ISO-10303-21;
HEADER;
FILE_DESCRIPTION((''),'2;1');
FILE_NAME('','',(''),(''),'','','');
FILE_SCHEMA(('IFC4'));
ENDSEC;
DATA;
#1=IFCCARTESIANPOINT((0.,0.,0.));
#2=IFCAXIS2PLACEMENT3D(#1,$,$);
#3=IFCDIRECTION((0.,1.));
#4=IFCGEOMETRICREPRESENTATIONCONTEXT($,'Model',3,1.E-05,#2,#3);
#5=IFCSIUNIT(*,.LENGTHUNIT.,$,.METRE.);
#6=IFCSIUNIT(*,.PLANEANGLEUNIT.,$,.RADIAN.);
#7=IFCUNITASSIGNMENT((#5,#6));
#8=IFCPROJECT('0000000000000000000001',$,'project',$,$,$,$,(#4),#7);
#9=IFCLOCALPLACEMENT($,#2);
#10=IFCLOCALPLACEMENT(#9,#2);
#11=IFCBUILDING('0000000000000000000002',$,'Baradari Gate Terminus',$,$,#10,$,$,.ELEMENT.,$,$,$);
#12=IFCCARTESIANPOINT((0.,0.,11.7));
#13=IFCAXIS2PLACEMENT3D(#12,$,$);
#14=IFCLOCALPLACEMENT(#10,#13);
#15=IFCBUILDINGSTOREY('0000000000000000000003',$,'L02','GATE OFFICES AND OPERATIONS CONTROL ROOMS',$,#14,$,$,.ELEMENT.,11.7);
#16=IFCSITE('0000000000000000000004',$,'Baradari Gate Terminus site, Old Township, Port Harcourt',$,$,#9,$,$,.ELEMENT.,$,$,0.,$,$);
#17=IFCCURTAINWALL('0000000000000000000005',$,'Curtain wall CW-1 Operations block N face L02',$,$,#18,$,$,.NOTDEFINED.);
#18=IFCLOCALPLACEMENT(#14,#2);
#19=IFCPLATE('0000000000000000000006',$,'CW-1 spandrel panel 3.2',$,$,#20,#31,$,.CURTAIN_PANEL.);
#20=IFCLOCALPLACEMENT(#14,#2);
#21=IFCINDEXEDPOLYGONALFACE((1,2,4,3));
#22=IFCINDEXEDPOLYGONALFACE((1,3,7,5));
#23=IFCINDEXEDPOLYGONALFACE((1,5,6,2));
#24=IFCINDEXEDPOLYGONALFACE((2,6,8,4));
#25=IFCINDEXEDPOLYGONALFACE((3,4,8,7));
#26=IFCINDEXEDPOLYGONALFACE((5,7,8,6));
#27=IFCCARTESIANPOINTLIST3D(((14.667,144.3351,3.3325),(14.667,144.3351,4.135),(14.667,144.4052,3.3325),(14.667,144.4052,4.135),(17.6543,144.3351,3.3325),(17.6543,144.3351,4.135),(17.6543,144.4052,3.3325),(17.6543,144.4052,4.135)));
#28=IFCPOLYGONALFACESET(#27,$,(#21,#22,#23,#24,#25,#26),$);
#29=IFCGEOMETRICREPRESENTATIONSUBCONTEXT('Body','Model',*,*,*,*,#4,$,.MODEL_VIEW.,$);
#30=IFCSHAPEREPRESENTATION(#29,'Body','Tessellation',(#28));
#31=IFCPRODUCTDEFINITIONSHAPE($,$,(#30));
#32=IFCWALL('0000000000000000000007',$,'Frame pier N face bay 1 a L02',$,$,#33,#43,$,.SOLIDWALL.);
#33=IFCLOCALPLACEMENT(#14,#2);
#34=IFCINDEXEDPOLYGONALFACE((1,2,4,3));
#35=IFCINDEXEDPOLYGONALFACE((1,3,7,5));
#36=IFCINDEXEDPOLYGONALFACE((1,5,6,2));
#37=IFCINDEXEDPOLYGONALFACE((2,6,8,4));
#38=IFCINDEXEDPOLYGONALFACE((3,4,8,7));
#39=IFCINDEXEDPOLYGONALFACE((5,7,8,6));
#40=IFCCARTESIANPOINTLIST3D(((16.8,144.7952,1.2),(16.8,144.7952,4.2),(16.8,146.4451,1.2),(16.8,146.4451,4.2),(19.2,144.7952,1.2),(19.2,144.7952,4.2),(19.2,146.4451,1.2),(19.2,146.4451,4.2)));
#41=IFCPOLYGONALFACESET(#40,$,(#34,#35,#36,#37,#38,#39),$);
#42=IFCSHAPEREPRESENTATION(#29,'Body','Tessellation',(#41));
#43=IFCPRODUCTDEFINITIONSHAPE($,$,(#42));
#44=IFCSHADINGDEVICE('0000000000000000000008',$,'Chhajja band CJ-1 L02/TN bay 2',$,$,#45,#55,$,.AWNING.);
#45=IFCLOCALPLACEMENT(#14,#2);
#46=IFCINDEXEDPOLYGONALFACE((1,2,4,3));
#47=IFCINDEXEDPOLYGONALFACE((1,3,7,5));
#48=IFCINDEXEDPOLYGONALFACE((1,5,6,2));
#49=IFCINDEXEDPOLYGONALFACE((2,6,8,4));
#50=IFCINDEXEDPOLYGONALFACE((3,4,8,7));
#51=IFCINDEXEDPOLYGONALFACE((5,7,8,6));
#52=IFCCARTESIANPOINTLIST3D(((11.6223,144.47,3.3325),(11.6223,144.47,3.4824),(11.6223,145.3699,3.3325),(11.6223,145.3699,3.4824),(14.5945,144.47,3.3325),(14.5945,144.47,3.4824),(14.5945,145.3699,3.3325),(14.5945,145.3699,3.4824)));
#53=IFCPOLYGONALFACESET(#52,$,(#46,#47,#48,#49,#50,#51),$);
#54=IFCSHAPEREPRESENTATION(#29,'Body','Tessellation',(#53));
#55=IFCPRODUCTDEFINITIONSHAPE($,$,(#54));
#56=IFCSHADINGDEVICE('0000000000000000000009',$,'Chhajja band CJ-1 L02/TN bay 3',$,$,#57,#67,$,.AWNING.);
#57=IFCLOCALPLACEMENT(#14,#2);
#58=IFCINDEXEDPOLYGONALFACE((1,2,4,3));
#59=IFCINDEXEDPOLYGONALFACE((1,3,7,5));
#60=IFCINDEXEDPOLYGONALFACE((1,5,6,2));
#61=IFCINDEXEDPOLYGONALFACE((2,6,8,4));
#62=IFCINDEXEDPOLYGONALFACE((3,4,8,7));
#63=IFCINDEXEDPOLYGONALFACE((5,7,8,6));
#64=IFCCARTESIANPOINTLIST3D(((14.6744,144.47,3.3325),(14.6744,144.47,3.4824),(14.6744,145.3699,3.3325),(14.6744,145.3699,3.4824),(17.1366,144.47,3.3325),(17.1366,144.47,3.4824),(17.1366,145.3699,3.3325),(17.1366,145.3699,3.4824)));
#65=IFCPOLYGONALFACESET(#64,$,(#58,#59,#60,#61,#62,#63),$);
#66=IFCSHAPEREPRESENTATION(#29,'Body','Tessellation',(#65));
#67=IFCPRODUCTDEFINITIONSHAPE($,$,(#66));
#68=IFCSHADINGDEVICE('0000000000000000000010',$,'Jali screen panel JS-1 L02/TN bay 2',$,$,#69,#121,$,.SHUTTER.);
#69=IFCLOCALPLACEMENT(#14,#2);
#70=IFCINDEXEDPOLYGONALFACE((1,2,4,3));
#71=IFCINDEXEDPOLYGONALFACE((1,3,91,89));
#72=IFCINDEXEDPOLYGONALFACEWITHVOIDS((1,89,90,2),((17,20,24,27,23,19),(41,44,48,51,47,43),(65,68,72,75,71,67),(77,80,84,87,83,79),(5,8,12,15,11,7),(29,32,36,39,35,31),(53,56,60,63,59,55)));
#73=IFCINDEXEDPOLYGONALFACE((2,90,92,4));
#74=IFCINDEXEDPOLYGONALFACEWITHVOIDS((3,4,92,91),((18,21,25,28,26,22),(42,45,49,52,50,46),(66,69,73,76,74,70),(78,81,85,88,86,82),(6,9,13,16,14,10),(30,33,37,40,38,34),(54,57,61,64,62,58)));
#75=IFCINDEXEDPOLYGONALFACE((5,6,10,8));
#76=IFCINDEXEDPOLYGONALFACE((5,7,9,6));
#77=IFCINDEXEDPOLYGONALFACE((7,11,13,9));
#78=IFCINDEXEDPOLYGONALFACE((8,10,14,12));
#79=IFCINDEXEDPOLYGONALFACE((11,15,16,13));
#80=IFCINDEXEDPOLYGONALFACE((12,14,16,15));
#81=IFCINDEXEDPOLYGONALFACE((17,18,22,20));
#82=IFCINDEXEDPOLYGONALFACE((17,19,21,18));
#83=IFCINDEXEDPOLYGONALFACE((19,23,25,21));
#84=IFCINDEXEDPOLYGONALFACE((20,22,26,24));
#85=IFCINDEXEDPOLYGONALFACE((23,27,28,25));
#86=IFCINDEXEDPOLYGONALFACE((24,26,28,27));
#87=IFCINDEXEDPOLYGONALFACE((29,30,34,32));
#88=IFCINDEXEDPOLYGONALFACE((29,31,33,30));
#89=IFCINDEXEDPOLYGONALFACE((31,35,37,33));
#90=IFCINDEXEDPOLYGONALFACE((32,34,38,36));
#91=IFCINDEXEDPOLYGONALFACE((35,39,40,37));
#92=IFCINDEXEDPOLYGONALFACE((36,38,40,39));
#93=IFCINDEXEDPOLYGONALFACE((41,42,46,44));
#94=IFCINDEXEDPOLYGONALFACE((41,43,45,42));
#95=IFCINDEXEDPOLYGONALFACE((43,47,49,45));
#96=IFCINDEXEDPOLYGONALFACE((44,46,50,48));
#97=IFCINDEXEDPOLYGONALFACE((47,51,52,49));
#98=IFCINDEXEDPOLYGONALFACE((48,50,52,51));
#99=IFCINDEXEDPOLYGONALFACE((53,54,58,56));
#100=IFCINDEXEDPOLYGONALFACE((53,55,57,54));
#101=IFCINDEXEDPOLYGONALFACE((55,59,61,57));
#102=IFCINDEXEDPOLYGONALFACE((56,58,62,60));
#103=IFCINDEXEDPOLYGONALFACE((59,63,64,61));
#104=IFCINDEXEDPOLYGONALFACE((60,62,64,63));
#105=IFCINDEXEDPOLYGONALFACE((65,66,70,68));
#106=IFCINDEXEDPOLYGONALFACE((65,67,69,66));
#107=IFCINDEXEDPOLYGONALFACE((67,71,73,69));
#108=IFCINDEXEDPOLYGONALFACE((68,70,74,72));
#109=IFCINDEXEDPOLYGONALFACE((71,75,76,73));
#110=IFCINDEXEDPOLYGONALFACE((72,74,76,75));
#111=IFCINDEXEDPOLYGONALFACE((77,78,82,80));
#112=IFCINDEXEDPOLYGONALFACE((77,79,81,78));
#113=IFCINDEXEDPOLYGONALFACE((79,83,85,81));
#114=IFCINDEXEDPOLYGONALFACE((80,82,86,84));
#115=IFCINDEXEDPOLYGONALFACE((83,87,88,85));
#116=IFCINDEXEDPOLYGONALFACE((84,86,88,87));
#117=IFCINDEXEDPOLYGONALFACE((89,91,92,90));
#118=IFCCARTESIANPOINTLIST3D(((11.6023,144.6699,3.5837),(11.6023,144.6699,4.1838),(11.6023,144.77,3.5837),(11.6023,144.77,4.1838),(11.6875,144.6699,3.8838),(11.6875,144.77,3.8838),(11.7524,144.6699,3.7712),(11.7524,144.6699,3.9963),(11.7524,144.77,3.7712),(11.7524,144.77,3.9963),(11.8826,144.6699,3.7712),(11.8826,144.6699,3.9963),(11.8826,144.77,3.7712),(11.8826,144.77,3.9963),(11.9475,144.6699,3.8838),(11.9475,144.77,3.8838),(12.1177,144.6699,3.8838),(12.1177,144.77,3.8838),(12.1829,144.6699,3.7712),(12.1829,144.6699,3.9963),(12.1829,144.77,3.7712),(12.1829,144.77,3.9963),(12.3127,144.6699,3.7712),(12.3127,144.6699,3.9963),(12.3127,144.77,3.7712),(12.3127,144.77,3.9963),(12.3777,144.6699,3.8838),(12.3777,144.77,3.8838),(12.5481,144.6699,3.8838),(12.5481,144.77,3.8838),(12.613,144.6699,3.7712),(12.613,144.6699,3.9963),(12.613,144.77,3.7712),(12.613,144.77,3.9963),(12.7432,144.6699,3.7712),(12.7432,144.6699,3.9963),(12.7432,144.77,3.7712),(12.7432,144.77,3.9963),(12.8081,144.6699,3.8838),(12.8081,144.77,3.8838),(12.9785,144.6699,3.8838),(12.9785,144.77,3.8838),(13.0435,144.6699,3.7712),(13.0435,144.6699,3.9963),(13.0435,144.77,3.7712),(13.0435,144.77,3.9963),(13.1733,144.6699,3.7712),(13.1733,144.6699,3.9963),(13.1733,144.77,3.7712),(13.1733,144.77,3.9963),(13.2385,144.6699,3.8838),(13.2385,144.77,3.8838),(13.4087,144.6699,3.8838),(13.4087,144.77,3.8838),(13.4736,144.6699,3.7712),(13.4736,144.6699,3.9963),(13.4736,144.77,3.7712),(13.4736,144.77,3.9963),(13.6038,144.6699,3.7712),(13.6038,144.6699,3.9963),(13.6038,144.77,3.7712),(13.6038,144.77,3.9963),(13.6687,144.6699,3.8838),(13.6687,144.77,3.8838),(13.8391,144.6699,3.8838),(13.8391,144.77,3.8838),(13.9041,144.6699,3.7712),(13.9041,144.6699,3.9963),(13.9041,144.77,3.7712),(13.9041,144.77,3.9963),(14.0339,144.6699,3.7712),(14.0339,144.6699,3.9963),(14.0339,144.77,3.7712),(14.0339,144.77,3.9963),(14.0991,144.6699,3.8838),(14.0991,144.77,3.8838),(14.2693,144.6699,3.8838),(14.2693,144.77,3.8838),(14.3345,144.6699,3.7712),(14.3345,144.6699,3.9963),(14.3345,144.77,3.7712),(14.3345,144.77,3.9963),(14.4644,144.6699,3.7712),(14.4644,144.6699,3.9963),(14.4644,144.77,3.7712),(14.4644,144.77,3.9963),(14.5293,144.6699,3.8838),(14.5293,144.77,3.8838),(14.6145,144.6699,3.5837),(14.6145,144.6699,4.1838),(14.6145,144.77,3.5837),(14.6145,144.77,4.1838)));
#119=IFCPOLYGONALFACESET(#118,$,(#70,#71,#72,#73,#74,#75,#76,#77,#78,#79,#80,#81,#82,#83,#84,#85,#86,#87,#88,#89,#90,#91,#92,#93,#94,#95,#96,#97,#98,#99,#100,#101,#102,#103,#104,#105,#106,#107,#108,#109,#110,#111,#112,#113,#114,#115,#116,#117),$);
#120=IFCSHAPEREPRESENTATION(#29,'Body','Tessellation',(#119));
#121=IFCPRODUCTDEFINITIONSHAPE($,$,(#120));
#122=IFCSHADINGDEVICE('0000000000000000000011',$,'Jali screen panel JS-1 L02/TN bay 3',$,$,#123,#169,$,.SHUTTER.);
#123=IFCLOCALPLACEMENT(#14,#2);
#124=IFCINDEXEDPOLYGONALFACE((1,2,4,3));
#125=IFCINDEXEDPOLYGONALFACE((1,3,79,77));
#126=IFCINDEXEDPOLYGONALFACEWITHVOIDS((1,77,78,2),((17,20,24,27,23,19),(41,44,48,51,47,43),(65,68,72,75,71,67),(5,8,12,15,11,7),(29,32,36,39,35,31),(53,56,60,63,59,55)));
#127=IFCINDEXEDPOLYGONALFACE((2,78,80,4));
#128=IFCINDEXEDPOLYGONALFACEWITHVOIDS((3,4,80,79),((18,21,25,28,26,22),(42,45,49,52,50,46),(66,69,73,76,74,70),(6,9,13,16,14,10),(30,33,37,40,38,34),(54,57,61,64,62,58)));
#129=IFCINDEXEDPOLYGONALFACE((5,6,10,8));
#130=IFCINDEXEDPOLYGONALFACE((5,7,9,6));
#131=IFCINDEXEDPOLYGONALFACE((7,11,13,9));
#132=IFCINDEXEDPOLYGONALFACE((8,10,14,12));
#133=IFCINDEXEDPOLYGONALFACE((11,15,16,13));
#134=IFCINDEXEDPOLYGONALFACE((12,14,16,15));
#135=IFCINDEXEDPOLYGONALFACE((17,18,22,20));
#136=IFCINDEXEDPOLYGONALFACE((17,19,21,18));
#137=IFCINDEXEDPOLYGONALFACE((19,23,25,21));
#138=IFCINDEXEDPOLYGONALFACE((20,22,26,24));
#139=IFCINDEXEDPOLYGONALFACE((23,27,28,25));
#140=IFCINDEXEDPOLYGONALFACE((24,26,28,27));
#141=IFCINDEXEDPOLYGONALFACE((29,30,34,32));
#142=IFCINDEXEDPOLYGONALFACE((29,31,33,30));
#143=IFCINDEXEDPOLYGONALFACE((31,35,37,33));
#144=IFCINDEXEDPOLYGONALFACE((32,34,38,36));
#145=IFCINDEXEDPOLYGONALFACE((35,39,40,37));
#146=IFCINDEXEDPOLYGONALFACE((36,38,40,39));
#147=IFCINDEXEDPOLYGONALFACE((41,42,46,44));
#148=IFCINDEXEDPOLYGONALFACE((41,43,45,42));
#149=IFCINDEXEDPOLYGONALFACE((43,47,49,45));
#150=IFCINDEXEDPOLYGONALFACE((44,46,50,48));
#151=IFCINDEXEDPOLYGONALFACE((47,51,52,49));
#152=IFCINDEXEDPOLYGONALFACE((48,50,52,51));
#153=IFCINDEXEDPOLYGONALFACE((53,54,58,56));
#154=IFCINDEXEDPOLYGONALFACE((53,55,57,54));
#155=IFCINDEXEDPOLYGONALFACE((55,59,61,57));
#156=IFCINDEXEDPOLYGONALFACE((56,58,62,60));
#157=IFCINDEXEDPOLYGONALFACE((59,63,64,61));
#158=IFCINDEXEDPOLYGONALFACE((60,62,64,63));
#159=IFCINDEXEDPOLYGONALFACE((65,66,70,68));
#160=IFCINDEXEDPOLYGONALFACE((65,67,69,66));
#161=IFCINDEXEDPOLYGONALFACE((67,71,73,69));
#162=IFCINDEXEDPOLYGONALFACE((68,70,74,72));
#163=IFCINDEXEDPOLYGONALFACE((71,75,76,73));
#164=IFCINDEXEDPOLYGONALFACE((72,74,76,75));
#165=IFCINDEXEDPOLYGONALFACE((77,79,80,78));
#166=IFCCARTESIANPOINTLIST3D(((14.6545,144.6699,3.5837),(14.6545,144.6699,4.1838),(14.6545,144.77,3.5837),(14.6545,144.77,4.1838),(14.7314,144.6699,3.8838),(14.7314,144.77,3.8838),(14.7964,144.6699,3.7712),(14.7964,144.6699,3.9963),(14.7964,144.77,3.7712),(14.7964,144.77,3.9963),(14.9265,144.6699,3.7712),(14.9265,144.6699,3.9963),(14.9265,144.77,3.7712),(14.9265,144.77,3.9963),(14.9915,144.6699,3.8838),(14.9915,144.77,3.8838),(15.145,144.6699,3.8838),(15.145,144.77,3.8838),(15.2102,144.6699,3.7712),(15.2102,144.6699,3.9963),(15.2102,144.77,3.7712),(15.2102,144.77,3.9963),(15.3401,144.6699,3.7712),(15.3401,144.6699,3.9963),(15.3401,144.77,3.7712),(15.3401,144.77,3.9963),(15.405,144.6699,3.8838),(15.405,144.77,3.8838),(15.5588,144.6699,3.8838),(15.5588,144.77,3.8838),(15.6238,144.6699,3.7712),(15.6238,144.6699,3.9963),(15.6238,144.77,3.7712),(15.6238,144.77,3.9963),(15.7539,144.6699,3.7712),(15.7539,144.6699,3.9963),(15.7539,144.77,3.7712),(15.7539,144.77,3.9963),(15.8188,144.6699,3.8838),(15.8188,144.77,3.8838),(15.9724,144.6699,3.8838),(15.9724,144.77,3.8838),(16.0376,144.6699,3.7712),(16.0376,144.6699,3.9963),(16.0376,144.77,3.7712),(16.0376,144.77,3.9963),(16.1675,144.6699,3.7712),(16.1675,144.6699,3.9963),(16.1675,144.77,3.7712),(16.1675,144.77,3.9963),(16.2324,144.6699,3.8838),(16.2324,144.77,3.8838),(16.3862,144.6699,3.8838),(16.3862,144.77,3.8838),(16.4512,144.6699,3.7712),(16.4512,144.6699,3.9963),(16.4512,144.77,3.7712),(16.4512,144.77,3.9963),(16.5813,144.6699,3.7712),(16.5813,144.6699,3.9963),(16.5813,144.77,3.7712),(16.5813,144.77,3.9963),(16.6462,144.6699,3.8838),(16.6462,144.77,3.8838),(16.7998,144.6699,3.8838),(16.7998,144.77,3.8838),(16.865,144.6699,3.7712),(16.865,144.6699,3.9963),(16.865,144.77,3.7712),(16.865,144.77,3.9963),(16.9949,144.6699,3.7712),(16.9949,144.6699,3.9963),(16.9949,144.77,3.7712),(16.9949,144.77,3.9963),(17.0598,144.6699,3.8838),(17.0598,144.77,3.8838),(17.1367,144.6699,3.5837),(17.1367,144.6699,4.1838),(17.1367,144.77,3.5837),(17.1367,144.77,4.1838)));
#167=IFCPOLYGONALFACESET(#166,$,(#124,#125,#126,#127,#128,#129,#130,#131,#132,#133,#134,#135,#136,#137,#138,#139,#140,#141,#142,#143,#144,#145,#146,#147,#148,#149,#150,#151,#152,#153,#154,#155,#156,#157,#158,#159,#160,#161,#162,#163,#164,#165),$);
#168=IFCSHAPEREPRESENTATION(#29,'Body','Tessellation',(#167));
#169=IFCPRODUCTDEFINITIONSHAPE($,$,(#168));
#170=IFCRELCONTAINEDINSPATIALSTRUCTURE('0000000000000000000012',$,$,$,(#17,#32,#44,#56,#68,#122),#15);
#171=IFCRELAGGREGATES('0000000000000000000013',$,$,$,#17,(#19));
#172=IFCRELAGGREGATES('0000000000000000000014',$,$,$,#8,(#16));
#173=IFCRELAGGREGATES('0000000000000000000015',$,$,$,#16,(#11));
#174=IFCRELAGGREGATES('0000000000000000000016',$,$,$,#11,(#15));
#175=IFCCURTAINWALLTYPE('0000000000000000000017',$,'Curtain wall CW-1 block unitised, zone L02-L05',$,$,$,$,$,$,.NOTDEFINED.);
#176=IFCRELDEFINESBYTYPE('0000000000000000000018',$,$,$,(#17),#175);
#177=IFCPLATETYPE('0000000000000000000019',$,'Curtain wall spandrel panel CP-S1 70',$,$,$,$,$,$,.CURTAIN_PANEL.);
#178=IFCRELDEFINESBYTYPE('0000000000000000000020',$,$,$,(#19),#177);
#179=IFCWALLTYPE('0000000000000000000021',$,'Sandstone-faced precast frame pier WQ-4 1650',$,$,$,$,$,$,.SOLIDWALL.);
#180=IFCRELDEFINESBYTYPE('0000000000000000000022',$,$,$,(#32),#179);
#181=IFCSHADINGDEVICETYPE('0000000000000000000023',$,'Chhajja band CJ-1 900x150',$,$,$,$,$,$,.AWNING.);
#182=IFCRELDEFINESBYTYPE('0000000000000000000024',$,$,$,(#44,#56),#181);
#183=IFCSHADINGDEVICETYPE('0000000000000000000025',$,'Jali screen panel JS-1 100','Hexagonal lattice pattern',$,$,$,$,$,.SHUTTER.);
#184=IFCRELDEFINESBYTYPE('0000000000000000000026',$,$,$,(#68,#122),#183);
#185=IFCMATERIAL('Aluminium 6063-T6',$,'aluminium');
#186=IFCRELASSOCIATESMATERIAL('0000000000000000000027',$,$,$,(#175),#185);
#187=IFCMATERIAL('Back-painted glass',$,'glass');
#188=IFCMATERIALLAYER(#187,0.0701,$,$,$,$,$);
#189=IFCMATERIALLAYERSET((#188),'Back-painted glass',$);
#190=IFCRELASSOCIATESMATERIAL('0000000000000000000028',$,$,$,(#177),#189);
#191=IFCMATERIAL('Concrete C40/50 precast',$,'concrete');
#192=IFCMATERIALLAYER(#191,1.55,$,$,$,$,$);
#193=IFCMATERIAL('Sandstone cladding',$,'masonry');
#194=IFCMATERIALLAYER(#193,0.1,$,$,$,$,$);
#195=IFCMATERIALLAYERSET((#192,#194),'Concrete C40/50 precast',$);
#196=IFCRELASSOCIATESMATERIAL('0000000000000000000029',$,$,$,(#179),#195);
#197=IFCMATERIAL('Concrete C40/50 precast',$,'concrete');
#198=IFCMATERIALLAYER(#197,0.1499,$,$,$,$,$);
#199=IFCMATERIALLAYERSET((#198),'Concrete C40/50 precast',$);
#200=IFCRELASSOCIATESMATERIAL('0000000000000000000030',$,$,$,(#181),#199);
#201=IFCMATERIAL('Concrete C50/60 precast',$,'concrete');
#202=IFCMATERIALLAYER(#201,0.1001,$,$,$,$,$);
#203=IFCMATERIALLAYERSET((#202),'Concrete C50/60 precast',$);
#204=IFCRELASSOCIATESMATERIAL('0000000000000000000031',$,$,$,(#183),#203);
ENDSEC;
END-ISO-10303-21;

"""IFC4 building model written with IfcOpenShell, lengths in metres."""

from ifc_helpers import new_model, si_unit, direction, frame, frame_2d, origin, origin_2d, place, context, subcontext, project, spatial, polyline, rectangle, outline, extrude, material, layer, layer_set, type_object, element, aggregate, save


model = new_model("IFC4")

# Units and contexts
model_context = context("Model", 3, precision=1e-05, world=origin(), true_north=direction((0.0, 1.0)))
body_context = subcontext(model_context, "Body", "Model", "MODEL_VIEW")
ifc_project = project(units=[si_unit("LENGTHUNIT", "METRE"), si_unit("PLANEANGLEUNIT", "RADIAN")], contexts=[model_context])

# Site, building, storey
site_placement = place(None, origin())
site = spatial("IfcSite", under=ifc_project, at=site_placement, Name="Baradari Gate Terminus site, Old Township, Port Harcourt", CompositionType="ELEMENT", RefElevation=0.0)
building_placement = place(site_placement, origin())
building = spatial("IfcBuilding", under=site, at=building_placement, Name="Baradari Gate Terminus", CompositionType="ELEMENT")
storey_placement = place(building_placement, frame((0.0, 0.0, 11.7)))
storey = spatial("IfcBuildingStorey", under=building, at=storey_placement, Name="L02", Description="GATE OFFICES AND OPERATIONS CONTROL ROOMS", CompositionType="ELEMENT", Elevation=11.7)

# Curtain wall, plate
ifc_material_1 = material(Name="Aluminium 6063-T6", Category="aluminium")
curtain_wall_type = type_object("IfcCurtainWallType", Name="Curtain wall CW-1 block unitised, zone L02-L05", PredefinedType="NOTDEFINED", material=ifc_material_1)
curtain_wall_placement = place(storey_placement, origin())
curtain_wall = element("IfcCurtainWall", 1, at=curtain_wall_placement, inside=storey, type_object=curtain_wall_type, Name="Curtain wall CW-1 Operations block N face L02", PredefinedType="NOTDEFINED")
ifc_material_2 = material(Name="Back-painted glass", Category="glass")
ifc_layer_1 = layer(ifc_material_2, 0.0701)
ifc_layer_set_1 = layer_set([ifc_layer_1], Name="Back-painted glass")
plate_type_1 = type_object("IfcPlateType", Name="Curtain wall spandrel panel CP-S1 70", PredefinedType="CURTAIN_PANEL", material=ifc_layer_set_1)
plate_1_placement = place(storey_placement, frame((16.1606, 144.3701, 3.3325), z_axis=(0.0, 0.0, 1.0), x_axis=(1.0, 0.0, 0.0)))
plate_1 = element("IfcPlate", 2, at=plate_1_placement, type_object=plate_type_1, Name="CW-1 spandrel panel 3.2", PredefinedType="CURTAIN_PANEL", context=body_context, shape_type="SweptSolid", body=[
    extrude(rectangle(XDim=2.9873, YDim=0.0701, at=origin_2d()), origin(), (0.0, 0.0, 1.0), 0.8025),
])
aggregate(curtain_wall, [plate_1])

# Wall
ifc_material_3 = material(Name="Concrete C40/50 precast", Category="concrete")
ifc_layer_2 = layer(ifc_material_3, 1.55)
ifc_material_4 = material(Name="Sandstone cladding", Category="masonry")
ifc_layer_3 = layer(ifc_material_4, 0.1)
ifc_layer_set_2 = layer_set([ifc_layer_2, ifc_layer_3], Name="Concrete C40/50 precast")
wall_type = type_object("IfcWallType", Name="Sandstone-faced precast frame pier WQ-4 1650", PredefinedType="SOLIDWALL", material=ifc_layer_set_2)
wall_placement = place(storey_placement, frame((16.8, 145.6201, 1.2), z_axis=(0.0, 0.0, 1.0), x_axis=(1.0, 0.0, 0.0)))
element("IfcWall", 3, at=wall_placement, inside=storey, type_object=wall_type, Name="Frame pier N face bay 1 a L02", PredefinedType="SOLIDWALL", context=body_context, shape_type="SweptSolid", body=[
    extrude(rectangle(XDim=2.3999, YDim=1.6499, at=frame_2d((1.2, 0.0))), origin(), (0.0, 0.0, 1.0), 3.0),
])

# Shading devices
ifc_material_5 = material(Name="Concrete C40/50 precast", Category="concrete")
ifc_layer_4 = layer(ifc_material_5, 0.1499)
ifc_layer_set_3 = layer_set([ifc_layer_4], Name="Concrete C40/50 precast")
shading_device_type_1 = type_object("IfcShadingDeviceType", Name="Chhajja band CJ-1 900x150", PredefinedType="AWNING", material=ifc_layer_set_3)
shading_device_1_placement = place(storey_placement, frame((13.1084, 144.9199, 3.3325), z_axis=(0.0, 0.0, 1.0), x_axis=(1.0, 0.0, 0.0)))
element("IfcShadingDevice", 4, at=shading_device_1_placement, inside=storey, type_object=shading_device_type_1, Name="Chhajja band CJ-1 L02/TN bay 2", PredefinedType="AWNING", context=body_context, shape_type="SweptSolid", body=[
    extrude(rectangle(XDim=2.9722, YDim=0.8999, at=origin_2d()), origin(), (0.0, 0.0, 1.0), 0.1499),
])
shading_device_2_placement = place(storey_placement, frame((15.9055, 144.9199, 3.3325), z_axis=(0.0, 0.0, 1.0), x_axis=(1.0, 0.0, 0.0)))
element("IfcShadingDevice", 5, at=shading_device_2_placement, inside=storey, type_object=shading_device_type_1, Name="Chhajja band CJ-1 L02/TN bay 3", PredefinedType="AWNING", context=body_context, shape_type="SweptSolid", body=[
    extrude(rectangle(XDim=2.4622, YDim=0.8999, at=origin_2d()), origin(), (0.0, 0.0, 1.0), 0.1499),
])
ifc_material_6 = material(Name="Concrete C50/60 precast", Category="concrete")
ifc_layer_5 = layer(ifc_material_6, 0.1001)
ifc_layer_set_4 = layer_set([ifc_layer_5], Name="Concrete C50/60 precast")
shading_device_type_2 = type_object("IfcShadingDeviceType", Name="Jali screen panel JS-1 100", Description="Hexagonal lattice pattern", PredefinedType="SHUTTER", material=ifc_layer_set_4)
shading_device_3_placement = place(storey_placement, frame((11.6023, 144.72, 3.5837), z_axis=(0.0, 0.0, 1.0), x_axis=(1.0, 0.0, 0.0)))
element("IfcShadingDevice", 6, at=shading_device_3_placement, inside=storey, type_object=shading_device_type_2, Name="Jali screen panel JS-1 L02/TN bay 2", PredefinedType="SHUTTER", context=body_context, shape_type="SweptSolid", body=[
    extrude(outline(polyline([(0.0, 0.0), (3.0122, 0.0), (3.0122, 0.6001), (0.0, 0.6001), (0.0, 0.0)]), holes=[polyline([(0.3452, 0.3), (0.2803, 0.1875), (0.1501, 0.1875), (0.0852, 0.3), (0.1501, 0.4126), (0.2803, 0.4126), (0.3452, 0.3)]), polyline([(0.7754, 0.3), (0.7104, 0.1875), (0.5806, 0.1875), (0.5154, 0.3), (0.5806, 0.4126), (0.7104, 0.4126), (0.7754, 0.3)]), polyline([(1.2058, 0.3), (1.1409, 0.1875), (1.0107, 0.1875), (0.9458, 0.3), (1.0107, 0.4126), (1.1409, 0.4126), (1.2058, 0.3)]), polyline([(1.6362, 0.3), (1.571, 0.1875), (1.4412, 0.1875), (1.3762, 0.3), (1.4412, 0.4126), (1.571, 0.4126), (1.6362, 0.3)]), polyline([(2.0664, 0.3), (2.0015, 0.1875), (1.8713, 0.1875), (1.8064, 0.3), (1.8713, 0.4126), (2.0015, 0.4126), (2.0664, 0.3)]), polyline([(2.4968, 0.3), (2.4316, 0.1875), (2.3018, 0.1875), (2.2368, 0.3), (2.3018, 0.4126), (2.4316, 0.4126), (2.4968, 0.3)]), polyline([(2.927, 0.3), (2.8621, 0.1875), (2.7322, 0.1875), (2.667, 0.3), (2.7322, 0.4126), (2.8621, 0.4126), (2.927, 0.3)])]), frame((0.0, 0.05, 0.0), z_axis=(0.0, -1.0, 0.0), x_axis=(1.0, 0.0, 0.0)), (0.0, 0.0, 1.0), 0.1001),
])
shading_device_4_placement = place(storey_placement, frame((14.6545, 144.72, 3.5837), z_axis=(0.0, 0.0, 1.0), x_axis=(1.0, 0.0, 0.0)))
element("IfcShadingDevice", 7, at=shading_device_4_placement, inside=storey, type_object=shading_device_type_2, Name="Jali screen panel JS-1 L02/TN bay 3", PredefinedType="SHUTTER", context=body_context, shape_type="SweptSolid", body=[
    extrude(outline(polyline([(0.0, 0.0), (2.4822, 0.0), (2.4822, 0.6001), (0.0, 0.6001), (0.0, 0.0)]), holes=[polyline([(0.3369, 0.3), (0.272, 0.1875), (0.1418, 0.1875), (0.0769, 0.3), (0.1418, 0.4126), (0.272, 0.4126), (0.3369, 0.3)]), polyline([(0.7505, 0.3), (0.6855, 0.1875), (0.5557, 0.1875), (0.4905, 0.3), (0.5557, 0.4126), (0.6855, 0.4126), (0.7505, 0.3)]), polyline([(1.1643, 0.3), (1.0994, 0.1875), (0.9692, 0.1875), (0.9043, 0.3), (0.9692, 0.4126), (1.0994, 0.4126), (1.1643, 0.3)]), polyline([(1.5779, 0.3), (1.5129, 0.1875), (1.3831, 0.1875), (1.3179, 0.3), (1.3831, 0.4126), (1.5129, 0.4126), (1.5779, 0.3)]), polyline([(1.9917, 0.3), (1.9268, 0.1875), (1.7966, 0.1875), (1.7317, 0.3), (1.7966, 0.4126), (1.9268, 0.4126), (1.9917, 0.3)]), polyline([(2.4053, 0.3), (2.3403, 0.1875), (2.2104, 0.1875), (2.1453, 0.3), (2.2104, 0.4126), (2.3403, 0.4126), (2.4053, 0.3)])]), frame((0.0, 0.05, 0.0), z_axis=(0.0, -1.0, 0.0), x_axis=(1.0, 0.0, 0.0)), (0.0, 0.0, 1.0), 0.1001),
])

save(model, "model.ifc")
